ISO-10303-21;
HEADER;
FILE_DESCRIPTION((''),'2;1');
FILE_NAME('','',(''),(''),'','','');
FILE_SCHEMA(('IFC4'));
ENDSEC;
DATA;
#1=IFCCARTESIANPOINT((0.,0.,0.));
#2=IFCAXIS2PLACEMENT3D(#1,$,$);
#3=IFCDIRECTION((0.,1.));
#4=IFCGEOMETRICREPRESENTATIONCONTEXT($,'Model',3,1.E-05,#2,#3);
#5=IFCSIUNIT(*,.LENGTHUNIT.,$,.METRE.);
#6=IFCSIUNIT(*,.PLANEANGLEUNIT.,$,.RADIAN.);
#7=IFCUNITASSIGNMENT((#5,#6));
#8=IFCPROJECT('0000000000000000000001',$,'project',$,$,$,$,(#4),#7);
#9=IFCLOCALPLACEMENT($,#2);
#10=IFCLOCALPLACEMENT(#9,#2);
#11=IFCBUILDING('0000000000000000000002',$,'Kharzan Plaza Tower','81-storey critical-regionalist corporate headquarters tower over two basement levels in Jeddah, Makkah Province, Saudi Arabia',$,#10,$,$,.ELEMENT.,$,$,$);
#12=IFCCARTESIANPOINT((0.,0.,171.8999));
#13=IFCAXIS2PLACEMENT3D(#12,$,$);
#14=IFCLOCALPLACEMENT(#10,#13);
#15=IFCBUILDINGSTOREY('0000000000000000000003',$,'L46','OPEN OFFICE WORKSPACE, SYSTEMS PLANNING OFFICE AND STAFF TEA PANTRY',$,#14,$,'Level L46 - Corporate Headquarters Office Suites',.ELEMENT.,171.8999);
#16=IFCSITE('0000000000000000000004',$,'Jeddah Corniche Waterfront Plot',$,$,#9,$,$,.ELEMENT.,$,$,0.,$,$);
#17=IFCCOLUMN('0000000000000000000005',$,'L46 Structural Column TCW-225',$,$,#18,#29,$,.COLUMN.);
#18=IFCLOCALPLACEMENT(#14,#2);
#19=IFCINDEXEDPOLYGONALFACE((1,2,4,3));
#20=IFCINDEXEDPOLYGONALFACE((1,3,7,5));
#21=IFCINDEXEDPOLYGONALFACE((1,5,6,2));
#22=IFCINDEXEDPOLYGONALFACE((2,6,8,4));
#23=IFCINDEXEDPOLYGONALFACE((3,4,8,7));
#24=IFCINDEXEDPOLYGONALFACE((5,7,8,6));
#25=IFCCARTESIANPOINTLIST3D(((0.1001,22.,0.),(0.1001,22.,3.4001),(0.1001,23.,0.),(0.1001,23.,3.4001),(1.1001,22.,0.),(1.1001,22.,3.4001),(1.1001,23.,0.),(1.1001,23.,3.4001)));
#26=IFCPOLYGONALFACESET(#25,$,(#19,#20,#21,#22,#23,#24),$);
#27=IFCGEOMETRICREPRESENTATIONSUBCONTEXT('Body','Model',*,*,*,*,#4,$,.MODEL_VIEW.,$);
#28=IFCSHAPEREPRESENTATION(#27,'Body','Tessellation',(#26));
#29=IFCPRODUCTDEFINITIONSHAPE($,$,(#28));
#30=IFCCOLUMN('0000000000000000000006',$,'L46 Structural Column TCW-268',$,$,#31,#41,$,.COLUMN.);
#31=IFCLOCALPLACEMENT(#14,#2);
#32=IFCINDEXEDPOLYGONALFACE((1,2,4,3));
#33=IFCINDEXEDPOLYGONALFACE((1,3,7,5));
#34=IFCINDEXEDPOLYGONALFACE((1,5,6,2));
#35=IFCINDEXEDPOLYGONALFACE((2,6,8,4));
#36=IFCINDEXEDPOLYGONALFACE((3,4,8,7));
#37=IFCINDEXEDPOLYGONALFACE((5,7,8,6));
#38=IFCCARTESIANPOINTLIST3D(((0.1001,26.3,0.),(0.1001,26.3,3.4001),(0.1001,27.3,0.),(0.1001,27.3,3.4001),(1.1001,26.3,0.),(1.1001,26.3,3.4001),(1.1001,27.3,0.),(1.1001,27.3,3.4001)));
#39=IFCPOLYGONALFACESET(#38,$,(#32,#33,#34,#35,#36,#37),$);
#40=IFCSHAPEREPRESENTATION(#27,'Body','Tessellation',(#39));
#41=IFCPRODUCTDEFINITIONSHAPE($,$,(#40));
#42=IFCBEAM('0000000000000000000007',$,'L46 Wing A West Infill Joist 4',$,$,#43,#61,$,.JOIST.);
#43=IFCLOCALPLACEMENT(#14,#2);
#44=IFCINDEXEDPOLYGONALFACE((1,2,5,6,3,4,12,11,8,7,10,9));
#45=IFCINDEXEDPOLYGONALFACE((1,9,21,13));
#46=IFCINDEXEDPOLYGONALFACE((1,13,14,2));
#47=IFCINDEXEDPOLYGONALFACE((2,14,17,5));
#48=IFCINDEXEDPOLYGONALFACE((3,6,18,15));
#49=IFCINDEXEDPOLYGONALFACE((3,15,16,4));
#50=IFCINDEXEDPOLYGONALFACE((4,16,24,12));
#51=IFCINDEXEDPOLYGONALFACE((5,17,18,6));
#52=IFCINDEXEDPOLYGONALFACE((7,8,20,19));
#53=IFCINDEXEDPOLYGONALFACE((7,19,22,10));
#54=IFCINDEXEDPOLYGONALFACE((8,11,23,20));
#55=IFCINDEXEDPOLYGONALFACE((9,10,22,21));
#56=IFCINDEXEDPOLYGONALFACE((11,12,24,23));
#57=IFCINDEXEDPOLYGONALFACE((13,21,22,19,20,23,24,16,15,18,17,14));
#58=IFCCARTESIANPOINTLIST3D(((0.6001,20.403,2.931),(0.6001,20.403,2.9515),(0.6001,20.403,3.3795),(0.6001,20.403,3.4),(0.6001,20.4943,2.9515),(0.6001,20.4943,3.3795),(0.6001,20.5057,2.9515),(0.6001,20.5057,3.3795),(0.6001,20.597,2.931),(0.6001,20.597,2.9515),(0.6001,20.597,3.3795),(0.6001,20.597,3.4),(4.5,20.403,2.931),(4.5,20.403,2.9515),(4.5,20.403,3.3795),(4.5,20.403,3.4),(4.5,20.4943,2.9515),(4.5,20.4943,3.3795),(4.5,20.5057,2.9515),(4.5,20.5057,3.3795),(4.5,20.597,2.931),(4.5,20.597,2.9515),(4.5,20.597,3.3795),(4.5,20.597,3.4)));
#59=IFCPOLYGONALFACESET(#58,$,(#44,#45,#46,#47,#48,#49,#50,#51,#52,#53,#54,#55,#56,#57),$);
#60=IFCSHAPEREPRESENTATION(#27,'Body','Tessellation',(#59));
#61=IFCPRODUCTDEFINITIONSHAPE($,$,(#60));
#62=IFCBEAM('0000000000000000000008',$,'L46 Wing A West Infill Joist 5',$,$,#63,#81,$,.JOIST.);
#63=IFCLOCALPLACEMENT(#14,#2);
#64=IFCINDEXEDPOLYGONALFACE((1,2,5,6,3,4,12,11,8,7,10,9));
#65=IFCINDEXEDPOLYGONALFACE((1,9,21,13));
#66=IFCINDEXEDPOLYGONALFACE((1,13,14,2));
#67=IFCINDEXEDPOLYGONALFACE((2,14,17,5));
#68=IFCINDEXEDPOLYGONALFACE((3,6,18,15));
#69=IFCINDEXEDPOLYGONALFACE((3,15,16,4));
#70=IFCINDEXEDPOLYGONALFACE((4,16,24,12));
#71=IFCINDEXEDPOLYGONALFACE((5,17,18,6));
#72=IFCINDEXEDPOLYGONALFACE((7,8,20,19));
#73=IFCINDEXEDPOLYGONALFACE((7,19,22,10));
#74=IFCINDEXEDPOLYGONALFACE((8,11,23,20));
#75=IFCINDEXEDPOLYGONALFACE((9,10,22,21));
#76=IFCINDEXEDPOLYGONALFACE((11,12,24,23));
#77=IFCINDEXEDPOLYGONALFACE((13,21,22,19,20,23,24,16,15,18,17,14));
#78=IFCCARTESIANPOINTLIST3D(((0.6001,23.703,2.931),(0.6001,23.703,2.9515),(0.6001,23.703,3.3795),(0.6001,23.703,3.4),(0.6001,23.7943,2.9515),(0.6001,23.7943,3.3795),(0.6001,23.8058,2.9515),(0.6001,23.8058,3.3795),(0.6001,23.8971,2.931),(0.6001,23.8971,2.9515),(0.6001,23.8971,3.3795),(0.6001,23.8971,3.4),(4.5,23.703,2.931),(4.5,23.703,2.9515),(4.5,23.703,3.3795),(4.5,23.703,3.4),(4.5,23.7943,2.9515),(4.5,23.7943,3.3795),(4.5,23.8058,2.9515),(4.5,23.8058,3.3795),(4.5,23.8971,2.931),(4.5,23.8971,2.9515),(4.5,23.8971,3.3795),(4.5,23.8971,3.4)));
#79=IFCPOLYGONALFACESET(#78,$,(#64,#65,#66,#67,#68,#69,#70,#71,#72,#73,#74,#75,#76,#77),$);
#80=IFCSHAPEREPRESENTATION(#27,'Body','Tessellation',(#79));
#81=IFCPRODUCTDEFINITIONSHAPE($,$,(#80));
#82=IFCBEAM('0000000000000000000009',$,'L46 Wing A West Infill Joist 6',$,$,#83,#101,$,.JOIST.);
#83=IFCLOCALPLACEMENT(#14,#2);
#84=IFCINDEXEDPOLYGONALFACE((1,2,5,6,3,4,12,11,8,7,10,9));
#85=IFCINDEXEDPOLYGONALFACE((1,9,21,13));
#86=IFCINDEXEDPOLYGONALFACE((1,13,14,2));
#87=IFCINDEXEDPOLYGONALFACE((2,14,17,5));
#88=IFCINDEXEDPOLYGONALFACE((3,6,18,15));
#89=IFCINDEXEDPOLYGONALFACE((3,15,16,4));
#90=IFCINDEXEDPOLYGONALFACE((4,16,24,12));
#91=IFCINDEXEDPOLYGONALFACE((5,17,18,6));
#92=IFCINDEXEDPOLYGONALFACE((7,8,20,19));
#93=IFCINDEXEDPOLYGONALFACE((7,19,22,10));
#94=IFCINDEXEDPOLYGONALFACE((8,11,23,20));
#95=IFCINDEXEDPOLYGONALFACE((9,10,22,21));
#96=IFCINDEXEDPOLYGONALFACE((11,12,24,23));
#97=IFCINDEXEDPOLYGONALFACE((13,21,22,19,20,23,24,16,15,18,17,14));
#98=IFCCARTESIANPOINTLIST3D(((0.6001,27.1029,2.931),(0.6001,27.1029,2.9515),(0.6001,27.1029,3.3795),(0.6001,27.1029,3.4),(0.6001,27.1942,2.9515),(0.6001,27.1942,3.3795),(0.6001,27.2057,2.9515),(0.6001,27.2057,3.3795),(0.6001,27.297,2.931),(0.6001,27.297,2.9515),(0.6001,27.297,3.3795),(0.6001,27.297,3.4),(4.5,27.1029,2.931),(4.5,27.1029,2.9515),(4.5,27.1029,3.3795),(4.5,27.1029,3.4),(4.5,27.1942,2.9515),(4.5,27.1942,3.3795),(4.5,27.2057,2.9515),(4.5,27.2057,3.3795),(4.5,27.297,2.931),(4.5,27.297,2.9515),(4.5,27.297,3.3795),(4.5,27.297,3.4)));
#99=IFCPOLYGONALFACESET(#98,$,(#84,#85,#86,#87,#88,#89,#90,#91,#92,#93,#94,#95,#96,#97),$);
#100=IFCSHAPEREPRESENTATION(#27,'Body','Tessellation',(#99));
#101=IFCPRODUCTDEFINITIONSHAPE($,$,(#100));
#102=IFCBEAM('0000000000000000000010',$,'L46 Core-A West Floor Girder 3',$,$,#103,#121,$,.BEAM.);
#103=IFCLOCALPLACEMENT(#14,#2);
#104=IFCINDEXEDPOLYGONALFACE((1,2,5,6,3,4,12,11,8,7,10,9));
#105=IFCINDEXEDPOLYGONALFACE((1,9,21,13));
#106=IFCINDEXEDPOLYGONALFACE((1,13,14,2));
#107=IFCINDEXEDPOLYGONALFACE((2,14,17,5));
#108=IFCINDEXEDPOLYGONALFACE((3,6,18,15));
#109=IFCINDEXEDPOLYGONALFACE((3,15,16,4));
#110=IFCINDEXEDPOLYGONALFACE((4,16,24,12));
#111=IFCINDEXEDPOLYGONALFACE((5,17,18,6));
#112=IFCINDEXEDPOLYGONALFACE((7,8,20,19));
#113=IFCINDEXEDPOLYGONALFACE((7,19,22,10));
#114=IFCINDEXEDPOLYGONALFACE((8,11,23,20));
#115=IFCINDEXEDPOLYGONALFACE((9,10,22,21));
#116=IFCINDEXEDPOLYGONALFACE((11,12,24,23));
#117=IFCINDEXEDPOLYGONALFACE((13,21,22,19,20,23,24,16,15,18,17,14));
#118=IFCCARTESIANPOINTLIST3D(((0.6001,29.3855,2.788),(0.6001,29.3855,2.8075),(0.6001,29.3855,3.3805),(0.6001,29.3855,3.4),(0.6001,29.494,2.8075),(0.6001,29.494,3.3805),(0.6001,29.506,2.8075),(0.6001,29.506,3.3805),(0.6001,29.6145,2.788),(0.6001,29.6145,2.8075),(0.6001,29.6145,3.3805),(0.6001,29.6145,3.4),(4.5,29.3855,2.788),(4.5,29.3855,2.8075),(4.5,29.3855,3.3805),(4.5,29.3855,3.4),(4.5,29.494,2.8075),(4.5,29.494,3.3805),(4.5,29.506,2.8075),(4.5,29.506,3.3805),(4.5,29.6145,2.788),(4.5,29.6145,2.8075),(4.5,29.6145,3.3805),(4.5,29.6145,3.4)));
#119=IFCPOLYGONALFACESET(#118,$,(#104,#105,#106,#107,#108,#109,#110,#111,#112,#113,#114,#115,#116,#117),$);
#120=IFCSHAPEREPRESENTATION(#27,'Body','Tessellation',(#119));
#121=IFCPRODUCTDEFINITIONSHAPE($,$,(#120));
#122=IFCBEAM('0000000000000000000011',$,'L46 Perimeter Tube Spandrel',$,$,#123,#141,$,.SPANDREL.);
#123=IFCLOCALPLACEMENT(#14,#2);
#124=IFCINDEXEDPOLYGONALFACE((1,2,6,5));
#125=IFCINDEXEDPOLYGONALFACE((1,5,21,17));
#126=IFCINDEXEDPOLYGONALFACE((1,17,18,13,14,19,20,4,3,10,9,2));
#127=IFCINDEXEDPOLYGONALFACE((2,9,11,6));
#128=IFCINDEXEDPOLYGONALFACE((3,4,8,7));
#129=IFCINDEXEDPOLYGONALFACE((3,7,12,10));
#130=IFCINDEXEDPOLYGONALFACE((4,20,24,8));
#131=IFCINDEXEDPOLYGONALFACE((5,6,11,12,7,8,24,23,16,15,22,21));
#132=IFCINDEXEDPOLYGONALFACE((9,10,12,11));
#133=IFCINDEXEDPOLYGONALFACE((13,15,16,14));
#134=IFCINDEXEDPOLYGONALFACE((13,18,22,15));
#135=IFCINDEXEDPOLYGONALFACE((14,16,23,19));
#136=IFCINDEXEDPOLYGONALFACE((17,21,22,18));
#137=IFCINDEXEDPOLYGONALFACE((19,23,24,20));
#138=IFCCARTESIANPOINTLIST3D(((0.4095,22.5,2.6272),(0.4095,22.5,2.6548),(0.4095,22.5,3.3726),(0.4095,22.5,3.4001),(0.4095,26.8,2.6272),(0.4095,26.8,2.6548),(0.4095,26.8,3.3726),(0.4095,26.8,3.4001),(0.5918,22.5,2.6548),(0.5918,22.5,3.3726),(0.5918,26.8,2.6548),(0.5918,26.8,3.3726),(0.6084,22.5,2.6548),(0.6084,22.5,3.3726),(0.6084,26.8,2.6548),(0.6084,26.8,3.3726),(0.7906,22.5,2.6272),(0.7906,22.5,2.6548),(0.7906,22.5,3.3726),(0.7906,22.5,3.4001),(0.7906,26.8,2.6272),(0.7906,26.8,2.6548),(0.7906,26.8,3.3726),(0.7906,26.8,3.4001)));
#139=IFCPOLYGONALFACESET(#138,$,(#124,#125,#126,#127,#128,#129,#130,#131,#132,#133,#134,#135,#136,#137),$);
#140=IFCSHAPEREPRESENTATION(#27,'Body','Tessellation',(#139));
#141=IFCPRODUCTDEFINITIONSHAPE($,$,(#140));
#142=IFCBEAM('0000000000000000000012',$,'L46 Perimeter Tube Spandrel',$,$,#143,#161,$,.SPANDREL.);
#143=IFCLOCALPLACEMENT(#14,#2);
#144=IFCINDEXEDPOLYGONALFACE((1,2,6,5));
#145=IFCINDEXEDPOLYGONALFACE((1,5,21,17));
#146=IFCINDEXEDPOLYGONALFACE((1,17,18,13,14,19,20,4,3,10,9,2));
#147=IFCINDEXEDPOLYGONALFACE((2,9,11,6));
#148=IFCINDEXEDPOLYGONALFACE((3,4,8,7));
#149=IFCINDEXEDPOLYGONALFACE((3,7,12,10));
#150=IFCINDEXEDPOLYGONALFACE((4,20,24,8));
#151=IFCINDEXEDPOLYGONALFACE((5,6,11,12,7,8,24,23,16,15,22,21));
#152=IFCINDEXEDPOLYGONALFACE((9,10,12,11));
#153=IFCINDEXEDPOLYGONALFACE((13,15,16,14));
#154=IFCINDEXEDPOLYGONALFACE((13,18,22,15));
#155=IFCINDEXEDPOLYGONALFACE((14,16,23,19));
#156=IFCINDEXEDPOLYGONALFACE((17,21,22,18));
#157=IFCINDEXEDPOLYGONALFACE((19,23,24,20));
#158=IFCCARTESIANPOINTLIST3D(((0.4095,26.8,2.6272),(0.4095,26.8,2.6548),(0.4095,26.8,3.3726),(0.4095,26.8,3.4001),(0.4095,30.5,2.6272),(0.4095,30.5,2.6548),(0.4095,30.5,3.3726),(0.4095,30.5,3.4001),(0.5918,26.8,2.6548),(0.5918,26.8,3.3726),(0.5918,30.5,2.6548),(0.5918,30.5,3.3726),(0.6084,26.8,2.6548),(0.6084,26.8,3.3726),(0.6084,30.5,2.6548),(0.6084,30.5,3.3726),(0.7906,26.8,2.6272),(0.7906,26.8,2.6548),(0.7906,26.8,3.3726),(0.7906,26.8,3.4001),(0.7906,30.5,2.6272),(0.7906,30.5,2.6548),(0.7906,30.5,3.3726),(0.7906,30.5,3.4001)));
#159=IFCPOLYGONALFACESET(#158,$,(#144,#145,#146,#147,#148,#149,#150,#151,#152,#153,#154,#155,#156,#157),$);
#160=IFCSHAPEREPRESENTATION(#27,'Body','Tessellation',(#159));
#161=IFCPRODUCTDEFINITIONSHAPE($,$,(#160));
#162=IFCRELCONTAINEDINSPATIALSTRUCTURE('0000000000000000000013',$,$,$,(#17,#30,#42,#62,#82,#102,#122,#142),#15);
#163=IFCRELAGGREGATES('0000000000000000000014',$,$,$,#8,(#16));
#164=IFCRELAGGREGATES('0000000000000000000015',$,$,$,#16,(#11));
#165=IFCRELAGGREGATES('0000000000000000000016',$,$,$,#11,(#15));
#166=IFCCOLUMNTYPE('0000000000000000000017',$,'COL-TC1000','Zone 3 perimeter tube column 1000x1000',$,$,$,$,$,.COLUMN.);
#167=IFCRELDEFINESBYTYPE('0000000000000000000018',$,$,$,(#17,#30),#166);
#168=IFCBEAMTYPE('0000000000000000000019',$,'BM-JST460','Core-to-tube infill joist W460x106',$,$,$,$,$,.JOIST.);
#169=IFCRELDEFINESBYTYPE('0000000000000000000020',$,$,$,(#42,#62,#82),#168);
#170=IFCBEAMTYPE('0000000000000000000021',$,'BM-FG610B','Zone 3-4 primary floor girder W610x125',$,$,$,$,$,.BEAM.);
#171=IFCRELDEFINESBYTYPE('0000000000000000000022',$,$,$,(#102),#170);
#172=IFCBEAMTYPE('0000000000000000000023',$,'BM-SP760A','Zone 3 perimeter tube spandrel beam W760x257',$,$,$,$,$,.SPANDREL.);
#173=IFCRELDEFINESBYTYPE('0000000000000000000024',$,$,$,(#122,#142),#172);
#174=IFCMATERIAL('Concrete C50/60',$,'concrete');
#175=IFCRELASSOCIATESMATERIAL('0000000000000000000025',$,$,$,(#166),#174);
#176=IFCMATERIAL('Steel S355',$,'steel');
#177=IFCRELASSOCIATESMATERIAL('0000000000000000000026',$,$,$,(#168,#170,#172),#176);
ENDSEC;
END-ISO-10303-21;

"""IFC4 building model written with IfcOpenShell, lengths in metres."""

from ifc_helpers import new_model, si_unit, direction, frame, origin, origin_2d, place, context, subcontext, project, spatial, rectangle, i_section, extrude, source, transform, mapped, material, material_profile, profile_set, type_object, element, save


model = new_model("IFC4")

# Units and contexts
model_context = context("Model", 3, precision=1e-05, world=origin(), true_north=direction((0.0, 1.0)))
body_context = subcontext(model_context, "Body", "Model", "MODEL_VIEW")
ifc_project = project(units=[si_unit("LENGTHUNIT", "METRE"), si_unit("PLANEANGLEUNIT", "RADIAN")], contexts=[model_context])

# Site, building, storey
site_placement = place(None, origin())
site = spatial("IfcSite", under=ifc_project, at=site_placement, Name="Jeddah Corniche Waterfront Plot", CompositionType="ELEMENT", RefElevation=0.0)
building_placement = place(site_placement, origin())
building = spatial("IfcBuilding", under=site, at=building_placement, Name="Kharzan Plaza Tower", Description="81-storey critical-regionalist corporate headquarters tower over two basement levels in Jeddah, Makkah Province, Saudi Arabia", CompositionType="ELEMENT")
storey_placement = place(building_placement, frame((0.0, 0.0, 171.8999)))
storey = spatial("IfcBuildingStorey", under=building, at=storey_placement, Name="L46", Description="OPEN OFFICE WORKSPACE, SYSTEMS PLANNING OFFICE AND STAFF TEA PANTRY", LongName="Level L46 - Corporate Headquarters Office Suites", CompositionType="ELEMENT", Elevation=171.8999)

# Columns
ifc_material_1 = material(Name="Concrete C50/60", Category="concrete")
ifc_material_profile_1 = material_profile(ifc_material_1, rectangle(XDim=1.0, YDim=1.0, at=origin_2d()), Name="RC-TC1000x1000")
ifc_profile_set_1 = profile_set([ifc_material_profile_1], Name="Concrete C50/60")
column_type = type_object("IfcColumnType", Name="COL-TC1000", Description="Zone 3 perimeter tube column 1000x1000", PredefinedType="COLUMN", material=ifc_profile_set_1)
shared_shape_1 = source(origin(), body_context, "Body", "SweptSolid", [
    extrude(rectangle(XDim=1.0, YDim=1.0, at=origin_2d()), origin(), (0.0, 0.0, 1.0), 3.4001),
])
for number, where, z_axis, x_axis, name in (
    (1, (0.6001, 22.5, 0.0), (0.0, 0.0, 1.0), (1.0, 0.0, 0.0), "L46 Structural Column TCW-225"),
    (2, (0.6001, 26.8, 0.0), (0.0, 0.0, 1.0), (1.0, 0.0, 0.0), "L46 Structural Column TCW-268"),
):
    element("IfcColumn", number, at=place(storey_placement, frame(where, z_axis=z_axis, x_axis=x_axis)), inside=storey, type_object=column_type, Name=name, PredefinedType="COLUMN", context=body_context, shape_type="MappedRepresentation", body=[
        mapped(shared_shape_1, transform((0.0, 0.0, 0.0), x_axis=(1.0, 0.0, 0.0), y_axis=(0.0, 1.0, 0.0), z_axis=(0.0, 0.0, 1.0))),
    ])

# Beams
ifc_material_2 = material(Name="Steel S355", Category="steel")
ifc_material_profile_2 = material_profile(ifc_material_2, i_section(OverallWidth=0.1941, OverallDepth=0.469, WebThickness=0.0115, FlangeThickness=0.0205, at=origin_2d()), Name="W460x106")
ifc_profile_set_2 = profile_set([ifc_material_profile_2], Name="Steel S355")
beam_type_1 = type_object("IfcBeamType", Name="BM-JST460", Description="Core-to-tube infill joist W460x106", PredefinedType="JOIST", material=ifc_profile_set_2)
shared_shape_2 = source(origin(), body_context, "Body", "SweptSolid", [
    extrude(i_section(OverallWidth=0.1941, OverallDepth=0.469, WebThickness=0.0115, FlangeThickness=0.0205, at=origin_2d()), origin(), (0.0, 0.0, 1.0), 3.8999),
])
for number, where, z_axis, x_axis, name in (
    (3, (0.6001, 20.5, 3.1655), (1.0, 0.0, 0.0), (0.0, 1.0, 0.0), "L46 Wing A West Infill Joist 4"),
    (4, (0.6001, 23.8, 3.1655), (1.0, 0.0, 0.0), (0.0, 1.0, 0.0), "L46 Wing A West Infill Joist 5"),
    (5, (0.6001, 27.2, 3.1655), (1.0, 0.0, 0.0), (0.0, 1.0, 0.0), "L46 Wing A West Infill Joist 6"),
):
    element("IfcBeam", number, at=place(storey_placement, frame(where, z_axis=z_axis, x_axis=x_axis)), inside=storey, type_object=beam_type_1, Name=name, PredefinedType="JOIST", context=body_context, shape_type="MappedRepresentation", body=[
        mapped(shared_shape_2, transform((0.0, 0.0, 0.0), x_axis=(1.0, 0.0, 0.0), y_axis=(0.0, 1.0, 0.0), z_axis=(0.0, 0.0, 1.0))),
    ])
ifc_material_profile_3 = material_profile(ifc_material_2, i_section(OverallWidth=0.229, OverallDepth=0.6121, WebThickness=0.012, FlangeThickness=0.0195, at=origin_2d()), Name="W610x125")
ifc_profile_set_3 = profile_set([ifc_material_profile_3], Name="Steel S355")
beam_type_2 = type_object("IfcBeamType", Name="BM-FG610B", Description="Zone 3-4 primary floor girder W610x125", PredefinedType="BEAM", material=ifc_profile_set_3)
shared_shape_3 = source(origin(), body_context, "Body", "SweptSolid", [
    extrude(i_section(OverallWidth=0.229, OverallDepth=0.6121, WebThickness=0.012, FlangeThickness=0.0195, at=origin_2d()), origin(), (0.0, 0.0, 1.0), 3.8999),
])
beam_1_placement = place(storey_placement, frame((0.6001, 29.5, 3.094), z_axis=(1.0, 0.0, 0.0), x_axis=(0.0, 1.0, 0.0)))
element("IfcBeam", 6, at=beam_1_placement, inside=storey, type_object=beam_type_2, Name="L46 Core-A West Floor Girder 3", PredefinedType="BEAM", context=body_context, shape_type="MappedRepresentation", body=[
    mapped(shared_shape_3, transform((0.0, 0.0, 0.0), x_axis=(1.0, 0.0, 0.0), y_axis=(0.0, 1.0, 0.0), z_axis=(0.0, 0.0, 1.0))),
])
ifc_material_profile_4 = material_profile(ifc_material_2, i_section(OverallWidth=0.3811, OverallDepth=0.7729, WebThickness=0.0166, FlangeThickness=0.0276, at=origin_2d()), Name="W760x257")
ifc_profile_set_4 = profile_set([ifc_material_profile_4], Name="Steel S355")
beam_type_3 = type_object("IfcBeamType", Name="BM-SP760A", Description="Zone 3 perimeter tube spandrel beam W760x257", PredefinedType="SPANDREL", material=ifc_profile_set_4)
shared_shape_4 = source(origin(), body_context, "Body", "SweptSolid", [
    extrude(i_section(OverallWidth=0.3811, OverallDepth=0.7729, WebThickness=0.0166, FlangeThickness=0.0276, at=origin_2d()), origin(), (0.0, 0.0, 1.0), 4.3),
])
beam_2_placement = place(storey_placement, frame((0.6001, 22.5, 3.0137), z_axis=(0.0, 1.0, 0.0), x_axis=(-1.0, 0.0, 0.0)))
element("IfcBeam", 7, at=beam_2_placement, inside=storey, type_object=beam_type_3, Name="L46 Perimeter Tube Spandrel", PredefinedType="SPANDREL", context=body_context, shape_type="MappedRepresentation", body=[
    mapped(shared_shape_4, transform((0.0, 0.0, 0.0), x_axis=(1.0, 0.0, 0.0), y_axis=(0.0, 1.0, 0.0), z_axis=(0.0, 0.0, 1.0))),
])
shared_shape_5 = source(origin(), body_context, "Body", "SweptSolid", [
    extrude(i_section(OverallWidth=0.3811, OverallDepth=0.7729, WebThickness=0.0166, FlangeThickness=0.0276, at=origin_2d()), origin(), (0.0, 0.0, 1.0), 3.7),
])
beam_3_placement = place(storey_placement, frame((0.6001, 26.8, 3.0137), z_axis=(0.0, 1.0, 0.0), x_axis=(-1.0, 0.0, 0.0)))
element("IfcBeam", 8, at=beam_3_placement, inside=storey, type_object=beam_type_3, Name="L46 Perimeter Tube Spandrel", PredefinedType="SPANDREL", context=body_context, shape_type="MappedRepresentation", body=[
    mapped(shared_shape_5, transform((0.0, 0.0, 0.0), x_axis=(1.0, 0.0, 0.0), y_axis=(0.0, 1.0, 0.0), z_axis=(0.0, 0.0, 1.0))),
])

save(model, "model.ifc")
